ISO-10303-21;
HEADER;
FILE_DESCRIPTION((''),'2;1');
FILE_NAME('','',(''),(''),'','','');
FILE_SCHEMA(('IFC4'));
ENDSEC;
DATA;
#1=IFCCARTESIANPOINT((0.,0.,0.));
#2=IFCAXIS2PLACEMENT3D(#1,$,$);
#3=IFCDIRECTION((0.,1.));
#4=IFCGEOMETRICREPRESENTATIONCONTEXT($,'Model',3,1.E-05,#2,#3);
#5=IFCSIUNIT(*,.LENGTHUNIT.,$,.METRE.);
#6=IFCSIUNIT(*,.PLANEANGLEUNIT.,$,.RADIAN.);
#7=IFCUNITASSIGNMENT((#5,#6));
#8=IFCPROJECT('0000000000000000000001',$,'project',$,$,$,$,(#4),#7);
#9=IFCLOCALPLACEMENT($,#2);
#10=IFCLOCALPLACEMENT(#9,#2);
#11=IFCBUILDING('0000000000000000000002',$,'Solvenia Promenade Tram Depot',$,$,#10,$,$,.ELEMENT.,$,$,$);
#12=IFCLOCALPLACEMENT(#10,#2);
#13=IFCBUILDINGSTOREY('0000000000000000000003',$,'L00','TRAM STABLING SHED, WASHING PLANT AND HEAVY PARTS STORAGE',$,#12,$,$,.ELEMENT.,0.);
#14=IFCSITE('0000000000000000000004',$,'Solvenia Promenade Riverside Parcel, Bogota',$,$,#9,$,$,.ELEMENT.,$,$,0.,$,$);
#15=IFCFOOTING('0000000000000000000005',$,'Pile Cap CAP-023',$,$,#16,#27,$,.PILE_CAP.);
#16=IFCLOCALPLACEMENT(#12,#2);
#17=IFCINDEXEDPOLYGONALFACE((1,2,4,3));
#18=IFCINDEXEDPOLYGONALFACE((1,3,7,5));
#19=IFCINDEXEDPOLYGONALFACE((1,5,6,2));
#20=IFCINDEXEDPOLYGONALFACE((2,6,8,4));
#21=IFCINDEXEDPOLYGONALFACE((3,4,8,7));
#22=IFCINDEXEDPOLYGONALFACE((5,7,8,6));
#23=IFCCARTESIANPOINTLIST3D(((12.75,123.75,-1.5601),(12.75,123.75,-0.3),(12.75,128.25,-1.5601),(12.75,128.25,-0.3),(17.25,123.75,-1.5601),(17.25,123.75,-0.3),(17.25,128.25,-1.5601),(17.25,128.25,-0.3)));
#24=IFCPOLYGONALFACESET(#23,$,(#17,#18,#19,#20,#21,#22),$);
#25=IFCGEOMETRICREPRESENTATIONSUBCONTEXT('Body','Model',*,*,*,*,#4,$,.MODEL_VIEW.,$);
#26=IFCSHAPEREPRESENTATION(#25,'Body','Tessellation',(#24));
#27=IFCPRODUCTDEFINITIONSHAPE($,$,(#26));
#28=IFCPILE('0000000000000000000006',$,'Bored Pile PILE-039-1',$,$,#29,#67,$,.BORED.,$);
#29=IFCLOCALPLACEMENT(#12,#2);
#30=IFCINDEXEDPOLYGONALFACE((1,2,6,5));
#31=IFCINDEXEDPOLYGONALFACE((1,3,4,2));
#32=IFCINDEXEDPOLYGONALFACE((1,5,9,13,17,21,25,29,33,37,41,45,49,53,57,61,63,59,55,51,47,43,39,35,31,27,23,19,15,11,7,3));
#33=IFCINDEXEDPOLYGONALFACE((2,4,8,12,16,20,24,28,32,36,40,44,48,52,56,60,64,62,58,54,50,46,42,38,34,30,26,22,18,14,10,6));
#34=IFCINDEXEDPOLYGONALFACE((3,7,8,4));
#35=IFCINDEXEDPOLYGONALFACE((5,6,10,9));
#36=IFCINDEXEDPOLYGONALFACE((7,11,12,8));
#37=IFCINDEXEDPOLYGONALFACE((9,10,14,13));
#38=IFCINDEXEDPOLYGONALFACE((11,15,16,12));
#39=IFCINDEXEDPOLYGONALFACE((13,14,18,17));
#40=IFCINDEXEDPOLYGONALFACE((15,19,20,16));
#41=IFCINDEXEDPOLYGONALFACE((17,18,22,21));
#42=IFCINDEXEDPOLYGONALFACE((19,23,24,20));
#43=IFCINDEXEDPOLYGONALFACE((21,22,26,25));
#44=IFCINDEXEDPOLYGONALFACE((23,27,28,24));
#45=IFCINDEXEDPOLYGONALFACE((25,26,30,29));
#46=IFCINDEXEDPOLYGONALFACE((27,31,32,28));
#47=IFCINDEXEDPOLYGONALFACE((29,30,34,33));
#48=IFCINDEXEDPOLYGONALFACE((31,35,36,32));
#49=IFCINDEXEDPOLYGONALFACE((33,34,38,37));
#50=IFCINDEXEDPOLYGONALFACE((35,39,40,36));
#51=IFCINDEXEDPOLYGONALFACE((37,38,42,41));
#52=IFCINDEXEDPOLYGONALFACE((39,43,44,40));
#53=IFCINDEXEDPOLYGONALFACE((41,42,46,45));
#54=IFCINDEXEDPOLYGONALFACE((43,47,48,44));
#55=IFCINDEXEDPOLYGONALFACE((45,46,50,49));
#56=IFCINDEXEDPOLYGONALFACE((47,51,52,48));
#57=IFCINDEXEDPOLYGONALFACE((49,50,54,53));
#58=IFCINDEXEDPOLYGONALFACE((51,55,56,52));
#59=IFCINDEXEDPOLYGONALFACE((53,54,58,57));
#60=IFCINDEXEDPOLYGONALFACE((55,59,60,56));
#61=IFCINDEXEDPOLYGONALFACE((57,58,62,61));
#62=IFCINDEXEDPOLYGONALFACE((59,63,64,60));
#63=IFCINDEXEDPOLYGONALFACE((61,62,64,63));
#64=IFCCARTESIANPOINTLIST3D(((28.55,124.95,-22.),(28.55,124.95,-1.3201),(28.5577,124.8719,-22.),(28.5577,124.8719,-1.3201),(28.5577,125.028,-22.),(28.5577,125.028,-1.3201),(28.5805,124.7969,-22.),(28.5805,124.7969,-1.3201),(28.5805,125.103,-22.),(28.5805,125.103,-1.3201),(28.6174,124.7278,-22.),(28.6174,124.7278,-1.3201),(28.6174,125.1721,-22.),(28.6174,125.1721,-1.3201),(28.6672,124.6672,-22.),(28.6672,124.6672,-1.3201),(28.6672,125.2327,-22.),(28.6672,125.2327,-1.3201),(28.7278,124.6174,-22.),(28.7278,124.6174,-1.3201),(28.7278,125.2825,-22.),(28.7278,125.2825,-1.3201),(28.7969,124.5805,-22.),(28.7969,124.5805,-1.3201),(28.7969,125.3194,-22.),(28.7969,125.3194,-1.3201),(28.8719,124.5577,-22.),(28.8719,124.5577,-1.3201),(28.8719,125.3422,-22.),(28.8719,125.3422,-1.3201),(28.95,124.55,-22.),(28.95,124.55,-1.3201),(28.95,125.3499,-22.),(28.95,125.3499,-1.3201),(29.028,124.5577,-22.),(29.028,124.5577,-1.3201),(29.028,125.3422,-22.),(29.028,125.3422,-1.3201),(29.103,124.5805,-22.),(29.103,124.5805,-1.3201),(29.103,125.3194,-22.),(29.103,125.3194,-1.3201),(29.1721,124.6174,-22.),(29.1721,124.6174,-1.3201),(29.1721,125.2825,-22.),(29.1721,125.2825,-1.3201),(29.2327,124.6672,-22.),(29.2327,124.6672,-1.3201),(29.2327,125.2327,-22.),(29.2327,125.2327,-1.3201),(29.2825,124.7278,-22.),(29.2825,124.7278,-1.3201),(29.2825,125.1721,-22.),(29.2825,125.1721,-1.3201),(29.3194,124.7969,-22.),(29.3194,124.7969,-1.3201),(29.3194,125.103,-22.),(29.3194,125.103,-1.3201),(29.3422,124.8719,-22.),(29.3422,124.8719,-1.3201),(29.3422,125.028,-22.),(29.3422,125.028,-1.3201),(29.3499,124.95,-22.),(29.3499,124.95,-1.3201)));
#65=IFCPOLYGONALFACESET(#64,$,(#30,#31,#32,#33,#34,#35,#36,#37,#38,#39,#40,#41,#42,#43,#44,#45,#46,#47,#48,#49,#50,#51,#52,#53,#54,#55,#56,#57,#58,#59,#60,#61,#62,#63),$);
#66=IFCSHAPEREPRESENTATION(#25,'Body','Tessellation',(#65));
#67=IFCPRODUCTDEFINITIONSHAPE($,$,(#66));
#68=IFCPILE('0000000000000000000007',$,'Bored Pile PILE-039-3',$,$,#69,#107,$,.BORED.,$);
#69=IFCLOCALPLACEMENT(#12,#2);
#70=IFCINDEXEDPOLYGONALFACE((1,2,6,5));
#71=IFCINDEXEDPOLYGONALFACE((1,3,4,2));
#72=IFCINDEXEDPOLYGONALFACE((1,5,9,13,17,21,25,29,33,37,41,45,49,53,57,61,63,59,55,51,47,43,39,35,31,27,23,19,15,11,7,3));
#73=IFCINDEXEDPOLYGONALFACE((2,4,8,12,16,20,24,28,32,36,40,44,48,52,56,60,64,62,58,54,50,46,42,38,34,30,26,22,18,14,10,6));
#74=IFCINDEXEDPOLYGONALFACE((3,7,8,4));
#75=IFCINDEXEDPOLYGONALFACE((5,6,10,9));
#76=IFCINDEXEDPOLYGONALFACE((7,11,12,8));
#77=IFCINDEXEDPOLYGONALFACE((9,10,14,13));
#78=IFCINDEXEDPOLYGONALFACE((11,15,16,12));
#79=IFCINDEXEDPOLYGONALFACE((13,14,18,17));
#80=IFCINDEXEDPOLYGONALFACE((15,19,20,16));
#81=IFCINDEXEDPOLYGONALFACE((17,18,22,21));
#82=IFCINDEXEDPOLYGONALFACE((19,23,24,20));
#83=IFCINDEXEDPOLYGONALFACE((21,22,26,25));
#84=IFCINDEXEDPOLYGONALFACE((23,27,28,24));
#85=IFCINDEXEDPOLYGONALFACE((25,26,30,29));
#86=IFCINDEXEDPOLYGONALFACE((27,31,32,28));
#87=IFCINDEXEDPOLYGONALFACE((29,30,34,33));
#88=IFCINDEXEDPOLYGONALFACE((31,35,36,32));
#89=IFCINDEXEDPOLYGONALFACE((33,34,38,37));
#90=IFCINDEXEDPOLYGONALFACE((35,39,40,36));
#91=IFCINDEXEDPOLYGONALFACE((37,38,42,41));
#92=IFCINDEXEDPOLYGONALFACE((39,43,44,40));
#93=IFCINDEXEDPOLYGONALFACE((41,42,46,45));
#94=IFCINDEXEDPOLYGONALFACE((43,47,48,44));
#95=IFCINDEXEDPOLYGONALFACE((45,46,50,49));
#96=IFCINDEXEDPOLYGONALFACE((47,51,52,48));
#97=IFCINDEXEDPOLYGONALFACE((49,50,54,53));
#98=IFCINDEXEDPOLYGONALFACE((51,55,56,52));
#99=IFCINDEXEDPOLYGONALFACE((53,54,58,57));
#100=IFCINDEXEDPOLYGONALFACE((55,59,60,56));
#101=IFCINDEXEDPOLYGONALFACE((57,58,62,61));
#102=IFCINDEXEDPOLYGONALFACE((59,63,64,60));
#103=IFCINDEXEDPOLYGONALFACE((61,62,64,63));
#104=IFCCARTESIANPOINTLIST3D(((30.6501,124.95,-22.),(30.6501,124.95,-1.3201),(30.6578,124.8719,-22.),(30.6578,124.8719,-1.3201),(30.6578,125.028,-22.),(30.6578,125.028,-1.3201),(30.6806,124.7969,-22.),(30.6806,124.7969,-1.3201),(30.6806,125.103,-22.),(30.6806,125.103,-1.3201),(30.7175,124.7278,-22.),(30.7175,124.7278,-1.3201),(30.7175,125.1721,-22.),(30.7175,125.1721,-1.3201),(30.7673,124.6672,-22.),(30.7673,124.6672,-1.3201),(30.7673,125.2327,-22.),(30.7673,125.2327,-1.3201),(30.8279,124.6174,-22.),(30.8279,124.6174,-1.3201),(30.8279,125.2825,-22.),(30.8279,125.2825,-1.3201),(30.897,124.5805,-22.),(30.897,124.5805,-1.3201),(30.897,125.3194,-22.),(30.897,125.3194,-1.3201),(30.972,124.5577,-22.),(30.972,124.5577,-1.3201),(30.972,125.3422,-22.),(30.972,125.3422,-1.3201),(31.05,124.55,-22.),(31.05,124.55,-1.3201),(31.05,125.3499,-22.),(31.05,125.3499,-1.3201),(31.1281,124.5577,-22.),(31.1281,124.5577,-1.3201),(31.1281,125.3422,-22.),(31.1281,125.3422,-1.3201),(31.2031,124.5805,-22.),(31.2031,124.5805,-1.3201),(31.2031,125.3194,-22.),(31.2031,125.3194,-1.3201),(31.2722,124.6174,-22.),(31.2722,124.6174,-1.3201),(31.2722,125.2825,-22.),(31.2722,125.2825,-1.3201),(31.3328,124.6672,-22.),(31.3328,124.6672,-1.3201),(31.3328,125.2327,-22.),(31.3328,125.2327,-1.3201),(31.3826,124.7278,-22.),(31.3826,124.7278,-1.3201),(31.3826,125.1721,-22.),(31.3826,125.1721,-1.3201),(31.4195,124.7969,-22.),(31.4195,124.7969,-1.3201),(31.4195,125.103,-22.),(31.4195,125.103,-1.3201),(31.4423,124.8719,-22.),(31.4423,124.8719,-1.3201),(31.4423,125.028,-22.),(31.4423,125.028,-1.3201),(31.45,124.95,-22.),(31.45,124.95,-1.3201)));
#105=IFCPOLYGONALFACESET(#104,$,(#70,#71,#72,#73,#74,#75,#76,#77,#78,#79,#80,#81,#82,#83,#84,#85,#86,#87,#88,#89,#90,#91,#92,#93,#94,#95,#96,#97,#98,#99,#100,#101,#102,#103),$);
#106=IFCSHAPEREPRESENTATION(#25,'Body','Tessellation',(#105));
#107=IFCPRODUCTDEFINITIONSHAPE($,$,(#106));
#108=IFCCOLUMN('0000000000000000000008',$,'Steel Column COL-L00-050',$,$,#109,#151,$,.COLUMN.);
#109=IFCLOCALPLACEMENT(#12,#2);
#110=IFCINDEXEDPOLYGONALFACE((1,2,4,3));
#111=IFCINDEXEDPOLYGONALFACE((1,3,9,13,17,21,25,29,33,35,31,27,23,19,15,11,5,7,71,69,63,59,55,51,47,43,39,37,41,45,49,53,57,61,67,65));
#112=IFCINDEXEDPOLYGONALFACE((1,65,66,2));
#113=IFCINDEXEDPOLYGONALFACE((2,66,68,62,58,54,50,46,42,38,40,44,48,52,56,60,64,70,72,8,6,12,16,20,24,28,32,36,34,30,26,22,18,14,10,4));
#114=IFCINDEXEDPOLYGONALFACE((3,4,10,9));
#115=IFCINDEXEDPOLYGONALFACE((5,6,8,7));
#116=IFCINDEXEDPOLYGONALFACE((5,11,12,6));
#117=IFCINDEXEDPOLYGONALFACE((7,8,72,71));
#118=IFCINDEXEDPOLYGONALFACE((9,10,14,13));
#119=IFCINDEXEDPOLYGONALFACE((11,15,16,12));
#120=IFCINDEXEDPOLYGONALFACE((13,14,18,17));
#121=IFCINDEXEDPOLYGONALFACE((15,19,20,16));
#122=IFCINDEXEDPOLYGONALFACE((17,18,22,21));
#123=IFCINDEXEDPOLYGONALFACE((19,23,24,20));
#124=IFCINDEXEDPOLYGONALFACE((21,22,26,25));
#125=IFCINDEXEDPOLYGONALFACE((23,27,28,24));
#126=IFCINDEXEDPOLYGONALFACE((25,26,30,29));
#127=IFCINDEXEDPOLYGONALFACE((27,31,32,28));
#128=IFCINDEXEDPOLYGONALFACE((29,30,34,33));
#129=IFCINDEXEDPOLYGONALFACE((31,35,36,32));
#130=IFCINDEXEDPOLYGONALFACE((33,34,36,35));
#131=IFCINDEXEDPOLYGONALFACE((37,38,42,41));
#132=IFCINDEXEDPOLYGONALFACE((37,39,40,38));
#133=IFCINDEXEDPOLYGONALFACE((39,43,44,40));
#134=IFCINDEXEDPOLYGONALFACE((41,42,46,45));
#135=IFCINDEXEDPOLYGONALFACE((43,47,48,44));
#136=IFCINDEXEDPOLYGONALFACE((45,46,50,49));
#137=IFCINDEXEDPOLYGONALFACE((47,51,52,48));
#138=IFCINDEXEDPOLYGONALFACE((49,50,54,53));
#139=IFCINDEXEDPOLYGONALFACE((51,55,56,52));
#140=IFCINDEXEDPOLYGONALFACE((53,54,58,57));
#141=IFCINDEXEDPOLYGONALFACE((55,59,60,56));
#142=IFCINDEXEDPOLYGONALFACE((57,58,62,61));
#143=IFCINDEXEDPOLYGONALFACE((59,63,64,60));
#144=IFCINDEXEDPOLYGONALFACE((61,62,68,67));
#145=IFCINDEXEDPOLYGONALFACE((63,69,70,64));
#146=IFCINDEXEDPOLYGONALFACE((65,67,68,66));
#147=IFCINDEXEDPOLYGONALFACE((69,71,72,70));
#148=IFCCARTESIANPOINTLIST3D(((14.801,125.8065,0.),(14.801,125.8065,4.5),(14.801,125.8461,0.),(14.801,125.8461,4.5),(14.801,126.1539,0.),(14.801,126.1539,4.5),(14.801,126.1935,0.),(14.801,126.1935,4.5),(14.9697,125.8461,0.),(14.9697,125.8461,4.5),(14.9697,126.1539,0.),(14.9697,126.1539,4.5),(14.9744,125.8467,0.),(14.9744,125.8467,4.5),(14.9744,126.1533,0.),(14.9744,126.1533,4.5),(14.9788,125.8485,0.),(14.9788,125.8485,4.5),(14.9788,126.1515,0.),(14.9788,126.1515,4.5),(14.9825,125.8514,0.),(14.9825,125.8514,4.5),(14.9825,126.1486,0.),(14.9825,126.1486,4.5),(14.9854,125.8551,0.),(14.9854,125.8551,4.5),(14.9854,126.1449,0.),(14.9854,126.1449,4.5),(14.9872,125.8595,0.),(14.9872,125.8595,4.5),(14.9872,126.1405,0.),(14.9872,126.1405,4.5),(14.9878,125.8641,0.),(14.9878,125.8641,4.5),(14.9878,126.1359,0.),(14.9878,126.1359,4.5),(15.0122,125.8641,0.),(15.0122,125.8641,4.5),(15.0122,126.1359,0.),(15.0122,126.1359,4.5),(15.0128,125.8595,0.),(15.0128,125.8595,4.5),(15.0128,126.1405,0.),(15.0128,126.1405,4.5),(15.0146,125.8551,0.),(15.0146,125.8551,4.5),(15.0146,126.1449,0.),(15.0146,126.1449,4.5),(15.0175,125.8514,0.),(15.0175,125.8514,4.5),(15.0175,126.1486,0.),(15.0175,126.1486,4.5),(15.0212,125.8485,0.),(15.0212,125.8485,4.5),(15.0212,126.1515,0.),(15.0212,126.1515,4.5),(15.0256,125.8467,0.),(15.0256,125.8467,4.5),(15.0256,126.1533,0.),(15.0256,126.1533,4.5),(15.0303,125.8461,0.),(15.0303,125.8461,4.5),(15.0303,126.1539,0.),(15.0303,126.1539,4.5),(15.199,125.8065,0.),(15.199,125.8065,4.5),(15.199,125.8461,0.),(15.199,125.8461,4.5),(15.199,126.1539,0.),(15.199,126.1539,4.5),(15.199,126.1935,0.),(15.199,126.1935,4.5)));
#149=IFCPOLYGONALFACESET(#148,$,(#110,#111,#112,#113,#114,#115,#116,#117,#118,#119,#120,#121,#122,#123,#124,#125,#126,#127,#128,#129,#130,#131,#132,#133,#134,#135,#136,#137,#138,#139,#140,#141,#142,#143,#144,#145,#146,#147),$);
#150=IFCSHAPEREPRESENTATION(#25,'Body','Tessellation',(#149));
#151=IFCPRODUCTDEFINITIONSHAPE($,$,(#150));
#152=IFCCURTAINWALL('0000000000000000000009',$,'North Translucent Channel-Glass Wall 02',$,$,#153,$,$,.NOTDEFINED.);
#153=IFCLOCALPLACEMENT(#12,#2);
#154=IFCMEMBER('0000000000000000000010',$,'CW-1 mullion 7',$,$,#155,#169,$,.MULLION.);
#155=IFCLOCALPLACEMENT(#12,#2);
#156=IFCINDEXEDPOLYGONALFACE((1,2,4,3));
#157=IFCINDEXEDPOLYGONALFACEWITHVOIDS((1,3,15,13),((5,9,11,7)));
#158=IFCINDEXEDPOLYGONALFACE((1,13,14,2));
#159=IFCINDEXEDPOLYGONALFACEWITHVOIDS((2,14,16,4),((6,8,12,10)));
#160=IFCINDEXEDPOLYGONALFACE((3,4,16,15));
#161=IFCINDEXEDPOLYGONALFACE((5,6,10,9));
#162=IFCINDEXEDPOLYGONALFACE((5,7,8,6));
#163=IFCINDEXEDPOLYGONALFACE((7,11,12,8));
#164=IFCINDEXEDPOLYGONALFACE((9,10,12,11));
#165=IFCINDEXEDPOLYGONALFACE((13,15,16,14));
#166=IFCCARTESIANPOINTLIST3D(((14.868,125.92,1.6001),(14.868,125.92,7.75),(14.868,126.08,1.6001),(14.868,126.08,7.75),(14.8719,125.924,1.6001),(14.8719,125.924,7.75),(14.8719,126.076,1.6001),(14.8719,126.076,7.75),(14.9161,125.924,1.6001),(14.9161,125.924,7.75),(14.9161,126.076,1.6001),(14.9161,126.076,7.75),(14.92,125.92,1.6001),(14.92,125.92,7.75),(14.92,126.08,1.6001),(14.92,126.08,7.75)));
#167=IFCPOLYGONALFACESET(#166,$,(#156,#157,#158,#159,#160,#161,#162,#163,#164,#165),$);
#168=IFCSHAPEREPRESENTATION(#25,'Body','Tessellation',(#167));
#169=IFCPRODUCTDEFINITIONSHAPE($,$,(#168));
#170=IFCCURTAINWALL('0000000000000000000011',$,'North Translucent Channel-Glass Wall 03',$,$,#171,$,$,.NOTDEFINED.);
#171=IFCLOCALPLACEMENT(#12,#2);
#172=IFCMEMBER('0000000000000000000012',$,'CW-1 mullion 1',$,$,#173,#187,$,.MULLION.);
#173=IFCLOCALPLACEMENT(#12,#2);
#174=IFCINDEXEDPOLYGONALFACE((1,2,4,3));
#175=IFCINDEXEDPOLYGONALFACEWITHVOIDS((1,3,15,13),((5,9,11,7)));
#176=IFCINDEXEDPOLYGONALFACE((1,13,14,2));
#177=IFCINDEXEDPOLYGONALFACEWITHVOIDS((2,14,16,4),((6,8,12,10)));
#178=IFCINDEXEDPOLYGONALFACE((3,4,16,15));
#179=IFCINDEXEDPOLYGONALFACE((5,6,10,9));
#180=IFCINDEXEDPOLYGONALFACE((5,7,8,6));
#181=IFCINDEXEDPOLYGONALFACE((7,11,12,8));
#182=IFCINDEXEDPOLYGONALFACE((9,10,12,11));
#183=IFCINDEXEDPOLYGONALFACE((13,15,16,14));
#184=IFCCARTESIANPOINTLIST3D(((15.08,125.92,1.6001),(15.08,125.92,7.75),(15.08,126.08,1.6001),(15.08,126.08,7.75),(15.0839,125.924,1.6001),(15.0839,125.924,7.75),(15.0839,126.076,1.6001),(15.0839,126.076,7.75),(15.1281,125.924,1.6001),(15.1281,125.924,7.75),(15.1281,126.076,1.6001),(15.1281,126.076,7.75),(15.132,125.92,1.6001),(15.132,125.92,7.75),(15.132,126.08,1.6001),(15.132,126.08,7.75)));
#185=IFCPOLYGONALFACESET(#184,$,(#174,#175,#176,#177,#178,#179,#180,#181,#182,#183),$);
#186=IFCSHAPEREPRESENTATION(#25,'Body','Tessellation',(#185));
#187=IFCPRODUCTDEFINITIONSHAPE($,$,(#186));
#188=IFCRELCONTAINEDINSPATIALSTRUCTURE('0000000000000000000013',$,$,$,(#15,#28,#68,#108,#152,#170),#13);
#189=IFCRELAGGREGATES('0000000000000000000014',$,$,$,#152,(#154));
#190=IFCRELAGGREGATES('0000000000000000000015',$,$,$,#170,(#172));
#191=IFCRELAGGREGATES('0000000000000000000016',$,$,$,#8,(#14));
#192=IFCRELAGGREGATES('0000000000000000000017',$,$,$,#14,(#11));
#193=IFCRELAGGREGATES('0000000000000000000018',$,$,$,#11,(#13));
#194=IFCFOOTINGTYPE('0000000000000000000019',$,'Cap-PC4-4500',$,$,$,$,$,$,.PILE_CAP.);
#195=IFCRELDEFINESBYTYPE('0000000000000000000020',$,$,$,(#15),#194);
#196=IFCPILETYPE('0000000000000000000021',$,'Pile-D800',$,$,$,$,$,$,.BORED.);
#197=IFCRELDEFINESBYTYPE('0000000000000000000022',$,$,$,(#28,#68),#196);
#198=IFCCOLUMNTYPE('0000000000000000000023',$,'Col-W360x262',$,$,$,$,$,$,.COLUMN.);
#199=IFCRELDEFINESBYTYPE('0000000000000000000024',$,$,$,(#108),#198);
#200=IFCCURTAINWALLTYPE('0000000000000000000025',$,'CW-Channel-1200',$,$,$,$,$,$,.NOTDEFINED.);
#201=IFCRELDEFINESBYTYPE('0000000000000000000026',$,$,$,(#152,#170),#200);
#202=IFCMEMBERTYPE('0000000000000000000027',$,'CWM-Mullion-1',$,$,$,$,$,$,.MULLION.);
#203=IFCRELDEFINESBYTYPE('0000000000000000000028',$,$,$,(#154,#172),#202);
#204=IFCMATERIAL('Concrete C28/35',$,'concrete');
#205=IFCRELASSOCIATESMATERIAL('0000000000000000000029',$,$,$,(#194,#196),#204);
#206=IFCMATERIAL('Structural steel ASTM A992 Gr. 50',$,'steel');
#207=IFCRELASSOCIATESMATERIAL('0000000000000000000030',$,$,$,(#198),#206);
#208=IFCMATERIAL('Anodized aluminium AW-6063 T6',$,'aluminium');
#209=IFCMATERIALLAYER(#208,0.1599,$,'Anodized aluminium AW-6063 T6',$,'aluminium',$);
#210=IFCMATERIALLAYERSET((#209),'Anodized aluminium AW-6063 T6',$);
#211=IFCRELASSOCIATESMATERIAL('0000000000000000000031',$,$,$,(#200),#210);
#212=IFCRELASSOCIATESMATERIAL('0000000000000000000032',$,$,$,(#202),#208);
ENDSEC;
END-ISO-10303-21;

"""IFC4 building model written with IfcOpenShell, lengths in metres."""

from ifc_helpers import new_model, si_unit, direction, frame, origin, origin_2d, place, context, subcontext, project, spatial, rectangle, hollow_rectangle, circle, i_section, extrude, material, layer, layer_set, material_profile, profile_set, type_object, element, aggregate, save


model = new_model("IFC4")

# Units and contexts
model_context = context("Model", 3, precision=1e-05, world=origin(), true_north=direction((0.0, 1.0)))
body_context = subcontext(model_context, "Body", "Model", "MODEL_VIEW")
ifc_project = project(units=[si_unit("LENGTHUNIT", "METRE"), si_unit("PLANEANGLEUNIT", "RADIAN")], contexts=[model_context])

# Site, building, storey
site_placement = place(None, origin())
site = spatial("IfcSite", under=ifc_project, at=site_placement, Name="Solvenia Promenade Riverside Parcel, Bogota", CompositionType="ELEMENT", RefElevation=0.0)
building_placement = place(site_placement, origin())
building = spatial("IfcBuilding", under=site, at=building_placement, Name="Solvenia Promenade Tram Depot", CompositionType="ELEMENT")
storey_placement = place(building_placement, origin())
storey = spatial("IfcBuildingStorey", under=building, at=storey_placement, Name="L00", Description="TRAM STABLING SHED, WASHING PLANT AND HEAVY PARTS STORAGE", CompositionType="ELEMENT", Elevation=0.0)

# Footing
ifc_material_1 = material(Name="Concrete C28/35", Category="concrete")
footing_type = type_object("IfcFootingType", Name="Cap-PC4-4500", PredefinedType="PILE_CAP", material=ifc_material_1)
footing_placement = place(storey_placement, frame((15.0, 126.0, -1.5601), z_axis=(0.0, 0.0, 1.0), x_axis=(1.0, 0.0, 0.0)))
element("IfcFooting", 1, at=footing_placement, inside=storey, type_object=footing_type, Name="Pile Cap CAP-023", PredefinedType="PILE_CAP", context=body_context, shape_type="SweptSolid", body=[
    extrude(rectangle(XDim=4.5, YDim=4.5, at=origin_2d()), origin(), (0.0, 0.0, 1.0), 1.26),
])

# Piles
ifc_material_profile_1 = material_profile(ifc_material_1, circle(Radius=0.3999, at=origin_2d()), Name="D800", Category="concrete")
ifc_profile_set_1 = profile_set([ifc_material_profile_1], Name="Concrete C28/35")
pile_type = type_object("IfcPileType", Name="Pile-D800", PredefinedType="BORED", material=ifc_profile_set_1)
for number, where, z_axis, x_axis, name in (
    (2, (28.95, 124.95, -1.3201), (0.0, 0.0, -1.0), (1.0, 0.0, 0.0), "Bored Pile PILE-039-1"),
    (3, (31.05, 124.95, -1.3201), (0.0, 0.0, -1.0), (1.0, 0.0, 0.0), "Bored Pile PILE-039-3"),
):
    element("IfcPile", number, at=place(storey_placement, frame(where, z_axis=z_axis, x_axis=x_axis)), inside=storey, type_object=pile_type, Name=name, PredefinedType="BORED", context=body_context, shape_type="SweptSolid", body=[
        extrude(circle(Radius=0.3999, at=origin_2d()), origin(), (0.0, 0.0, 1.0), 20.6799),
    ])

# Column
ifc_material_2 = material(Name="Structural steel ASTM A992 Gr. 50", Category="steel")
ifc_material_profile_2 = material_profile(ifc_material_2, i_section(OverallWidth=0.3979, OverallDepth=0.387, WebThickness=0.0244, FlangeThickness=0.0396, FilletRadius=0.0181, at=origin_2d()), Name="W360x262", Category="steel")
ifc_profile_set_2 = profile_set([ifc_material_profile_2], Name="Structural steel ASTM A992 Gr. 50")
column_type = type_object("IfcColumnType", Name="Col-W360x262", PredefinedType="COLUMN", material=ifc_profile_set_2)
column_placement = place(storey_placement, frame((15.0, 126.0, 0.0), z_axis=(0.0, 0.0, 1.0), x_axis=(1.0, 0.0, 0.0)))
element("IfcColumn", 4, at=column_placement, inside=storey, type_object=column_type, Name="Steel Column COL-L00-050", PredefinedType="COLUMN", context=body_context, shape_type="SweptSolid", body=[
    extrude(i_section(OverallWidth=0.3979, OverallDepth=0.387, WebThickness=0.0244, FlangeThickness=0.0396, FilletRadius=0.0181, at=origin_2d()), origin(), (0.0, 0.0, 1.0), 4.5),
])

# Curtain wall, member
ifc_material_3 = material(Name="Anodized aluminium AW-6063 T6", Category="aluminium")
ifc_layer_1 = layer(ifc_material_3, 0.1599, Name="Anodized aluminium AW-6063 T6", Category="aluminium")
ifc_layer_set_1 = layer_set([ifc_layer_1], Name="Anodized aluminium AW-6063 T6")
curtain_wall_type = type_object("IfcCurtainWallType", Name="CW-Channel-1200", PredefinedType="NOTDEFINED", material=ifc_layer_set_1)
curtain_wall_1_placement = place(storey_placement, origin())
curtain_wall_1 = element("IfcCurtainWall", 5, at=curtain_wall_1_placement, inside=storey, type_object=curtain_wall_type, Name="North Translucent Channel-Glass Wall 02", PredefinedType="NOTDEFINED")
ifc_material_profile_3 = material_profile(ifc_material_3, hollow_rectangle(XDim=0.1599, YDim=0.052, WallThickness=0.0039, at=origin_2d()), Name="ALU-M1", Category="aluminium")
ifc_profile_set_3 = profile_set([ifc_material_profile_3], Name="Anodized aluminium AW-6063 T6")
member_type_1 = type_object("IfcMemberType", Name="CWM-Mullion-1", PredefinedType="MULLION", material=ifc_profile_set_3)
member_1_placement = place(storey_placement, frame((14.894, 126.0, 1.6001), z_axis=(0.0, 0.0, 1.0), x_axis=(0.0, 1.0, 0.0)))
member_1 = element("IfcMember", 6, at=member_1_placement, type_object=member_type_1, Name="CW-1 mullion 7", PredefinedType="MULLION", context=body_context, shape_type="SweptSolid", body=[
    extrude(hollow_rectangle(XDim=0.1599, YDim=0.052, WallThickness=0.0039, at=origin_2d()), origin(), (0.0, 0.0, 1.0), 6.1499),
])

# Curtain wall, member
curtain_wall_2_placement = place(storey_placement, origin())
curtain_wall_2 = element("IfcCurtainWall", 7, at=curtain_wall_2_placement, inside=storey, type_object=curtain_wall_type, Name="North Translucent Channel-Glass Wall 03", PredefinedType="NOTDEFINED")
member_2_placement = place(storey_placement, frame((15.106, 126.0, 1.6001), z_axis=(0.0, 0.0, 1.0), x_axis=(0.0, 1.0, 0.0)))
member_2 = element("IfcMember", 8, at=member_2_placement, type_object=member_type_1, Name="CW-1 mullion 1", PredefinedType="MULLION", context=body_context, shape_type="SweptSolid", body=[
    extrude(hollow_rectangle(XDim=0.1599, YDim=0.052, WallThickness=0.0039, at=origin_2d()), origin(), (0.0, 0.0, 1.0), 6.1499),
])

aggregate(curtain_wall_1, [member_1])
aggregate(curtain_wall_2, [member_2])

save(model, "model.ifc")
